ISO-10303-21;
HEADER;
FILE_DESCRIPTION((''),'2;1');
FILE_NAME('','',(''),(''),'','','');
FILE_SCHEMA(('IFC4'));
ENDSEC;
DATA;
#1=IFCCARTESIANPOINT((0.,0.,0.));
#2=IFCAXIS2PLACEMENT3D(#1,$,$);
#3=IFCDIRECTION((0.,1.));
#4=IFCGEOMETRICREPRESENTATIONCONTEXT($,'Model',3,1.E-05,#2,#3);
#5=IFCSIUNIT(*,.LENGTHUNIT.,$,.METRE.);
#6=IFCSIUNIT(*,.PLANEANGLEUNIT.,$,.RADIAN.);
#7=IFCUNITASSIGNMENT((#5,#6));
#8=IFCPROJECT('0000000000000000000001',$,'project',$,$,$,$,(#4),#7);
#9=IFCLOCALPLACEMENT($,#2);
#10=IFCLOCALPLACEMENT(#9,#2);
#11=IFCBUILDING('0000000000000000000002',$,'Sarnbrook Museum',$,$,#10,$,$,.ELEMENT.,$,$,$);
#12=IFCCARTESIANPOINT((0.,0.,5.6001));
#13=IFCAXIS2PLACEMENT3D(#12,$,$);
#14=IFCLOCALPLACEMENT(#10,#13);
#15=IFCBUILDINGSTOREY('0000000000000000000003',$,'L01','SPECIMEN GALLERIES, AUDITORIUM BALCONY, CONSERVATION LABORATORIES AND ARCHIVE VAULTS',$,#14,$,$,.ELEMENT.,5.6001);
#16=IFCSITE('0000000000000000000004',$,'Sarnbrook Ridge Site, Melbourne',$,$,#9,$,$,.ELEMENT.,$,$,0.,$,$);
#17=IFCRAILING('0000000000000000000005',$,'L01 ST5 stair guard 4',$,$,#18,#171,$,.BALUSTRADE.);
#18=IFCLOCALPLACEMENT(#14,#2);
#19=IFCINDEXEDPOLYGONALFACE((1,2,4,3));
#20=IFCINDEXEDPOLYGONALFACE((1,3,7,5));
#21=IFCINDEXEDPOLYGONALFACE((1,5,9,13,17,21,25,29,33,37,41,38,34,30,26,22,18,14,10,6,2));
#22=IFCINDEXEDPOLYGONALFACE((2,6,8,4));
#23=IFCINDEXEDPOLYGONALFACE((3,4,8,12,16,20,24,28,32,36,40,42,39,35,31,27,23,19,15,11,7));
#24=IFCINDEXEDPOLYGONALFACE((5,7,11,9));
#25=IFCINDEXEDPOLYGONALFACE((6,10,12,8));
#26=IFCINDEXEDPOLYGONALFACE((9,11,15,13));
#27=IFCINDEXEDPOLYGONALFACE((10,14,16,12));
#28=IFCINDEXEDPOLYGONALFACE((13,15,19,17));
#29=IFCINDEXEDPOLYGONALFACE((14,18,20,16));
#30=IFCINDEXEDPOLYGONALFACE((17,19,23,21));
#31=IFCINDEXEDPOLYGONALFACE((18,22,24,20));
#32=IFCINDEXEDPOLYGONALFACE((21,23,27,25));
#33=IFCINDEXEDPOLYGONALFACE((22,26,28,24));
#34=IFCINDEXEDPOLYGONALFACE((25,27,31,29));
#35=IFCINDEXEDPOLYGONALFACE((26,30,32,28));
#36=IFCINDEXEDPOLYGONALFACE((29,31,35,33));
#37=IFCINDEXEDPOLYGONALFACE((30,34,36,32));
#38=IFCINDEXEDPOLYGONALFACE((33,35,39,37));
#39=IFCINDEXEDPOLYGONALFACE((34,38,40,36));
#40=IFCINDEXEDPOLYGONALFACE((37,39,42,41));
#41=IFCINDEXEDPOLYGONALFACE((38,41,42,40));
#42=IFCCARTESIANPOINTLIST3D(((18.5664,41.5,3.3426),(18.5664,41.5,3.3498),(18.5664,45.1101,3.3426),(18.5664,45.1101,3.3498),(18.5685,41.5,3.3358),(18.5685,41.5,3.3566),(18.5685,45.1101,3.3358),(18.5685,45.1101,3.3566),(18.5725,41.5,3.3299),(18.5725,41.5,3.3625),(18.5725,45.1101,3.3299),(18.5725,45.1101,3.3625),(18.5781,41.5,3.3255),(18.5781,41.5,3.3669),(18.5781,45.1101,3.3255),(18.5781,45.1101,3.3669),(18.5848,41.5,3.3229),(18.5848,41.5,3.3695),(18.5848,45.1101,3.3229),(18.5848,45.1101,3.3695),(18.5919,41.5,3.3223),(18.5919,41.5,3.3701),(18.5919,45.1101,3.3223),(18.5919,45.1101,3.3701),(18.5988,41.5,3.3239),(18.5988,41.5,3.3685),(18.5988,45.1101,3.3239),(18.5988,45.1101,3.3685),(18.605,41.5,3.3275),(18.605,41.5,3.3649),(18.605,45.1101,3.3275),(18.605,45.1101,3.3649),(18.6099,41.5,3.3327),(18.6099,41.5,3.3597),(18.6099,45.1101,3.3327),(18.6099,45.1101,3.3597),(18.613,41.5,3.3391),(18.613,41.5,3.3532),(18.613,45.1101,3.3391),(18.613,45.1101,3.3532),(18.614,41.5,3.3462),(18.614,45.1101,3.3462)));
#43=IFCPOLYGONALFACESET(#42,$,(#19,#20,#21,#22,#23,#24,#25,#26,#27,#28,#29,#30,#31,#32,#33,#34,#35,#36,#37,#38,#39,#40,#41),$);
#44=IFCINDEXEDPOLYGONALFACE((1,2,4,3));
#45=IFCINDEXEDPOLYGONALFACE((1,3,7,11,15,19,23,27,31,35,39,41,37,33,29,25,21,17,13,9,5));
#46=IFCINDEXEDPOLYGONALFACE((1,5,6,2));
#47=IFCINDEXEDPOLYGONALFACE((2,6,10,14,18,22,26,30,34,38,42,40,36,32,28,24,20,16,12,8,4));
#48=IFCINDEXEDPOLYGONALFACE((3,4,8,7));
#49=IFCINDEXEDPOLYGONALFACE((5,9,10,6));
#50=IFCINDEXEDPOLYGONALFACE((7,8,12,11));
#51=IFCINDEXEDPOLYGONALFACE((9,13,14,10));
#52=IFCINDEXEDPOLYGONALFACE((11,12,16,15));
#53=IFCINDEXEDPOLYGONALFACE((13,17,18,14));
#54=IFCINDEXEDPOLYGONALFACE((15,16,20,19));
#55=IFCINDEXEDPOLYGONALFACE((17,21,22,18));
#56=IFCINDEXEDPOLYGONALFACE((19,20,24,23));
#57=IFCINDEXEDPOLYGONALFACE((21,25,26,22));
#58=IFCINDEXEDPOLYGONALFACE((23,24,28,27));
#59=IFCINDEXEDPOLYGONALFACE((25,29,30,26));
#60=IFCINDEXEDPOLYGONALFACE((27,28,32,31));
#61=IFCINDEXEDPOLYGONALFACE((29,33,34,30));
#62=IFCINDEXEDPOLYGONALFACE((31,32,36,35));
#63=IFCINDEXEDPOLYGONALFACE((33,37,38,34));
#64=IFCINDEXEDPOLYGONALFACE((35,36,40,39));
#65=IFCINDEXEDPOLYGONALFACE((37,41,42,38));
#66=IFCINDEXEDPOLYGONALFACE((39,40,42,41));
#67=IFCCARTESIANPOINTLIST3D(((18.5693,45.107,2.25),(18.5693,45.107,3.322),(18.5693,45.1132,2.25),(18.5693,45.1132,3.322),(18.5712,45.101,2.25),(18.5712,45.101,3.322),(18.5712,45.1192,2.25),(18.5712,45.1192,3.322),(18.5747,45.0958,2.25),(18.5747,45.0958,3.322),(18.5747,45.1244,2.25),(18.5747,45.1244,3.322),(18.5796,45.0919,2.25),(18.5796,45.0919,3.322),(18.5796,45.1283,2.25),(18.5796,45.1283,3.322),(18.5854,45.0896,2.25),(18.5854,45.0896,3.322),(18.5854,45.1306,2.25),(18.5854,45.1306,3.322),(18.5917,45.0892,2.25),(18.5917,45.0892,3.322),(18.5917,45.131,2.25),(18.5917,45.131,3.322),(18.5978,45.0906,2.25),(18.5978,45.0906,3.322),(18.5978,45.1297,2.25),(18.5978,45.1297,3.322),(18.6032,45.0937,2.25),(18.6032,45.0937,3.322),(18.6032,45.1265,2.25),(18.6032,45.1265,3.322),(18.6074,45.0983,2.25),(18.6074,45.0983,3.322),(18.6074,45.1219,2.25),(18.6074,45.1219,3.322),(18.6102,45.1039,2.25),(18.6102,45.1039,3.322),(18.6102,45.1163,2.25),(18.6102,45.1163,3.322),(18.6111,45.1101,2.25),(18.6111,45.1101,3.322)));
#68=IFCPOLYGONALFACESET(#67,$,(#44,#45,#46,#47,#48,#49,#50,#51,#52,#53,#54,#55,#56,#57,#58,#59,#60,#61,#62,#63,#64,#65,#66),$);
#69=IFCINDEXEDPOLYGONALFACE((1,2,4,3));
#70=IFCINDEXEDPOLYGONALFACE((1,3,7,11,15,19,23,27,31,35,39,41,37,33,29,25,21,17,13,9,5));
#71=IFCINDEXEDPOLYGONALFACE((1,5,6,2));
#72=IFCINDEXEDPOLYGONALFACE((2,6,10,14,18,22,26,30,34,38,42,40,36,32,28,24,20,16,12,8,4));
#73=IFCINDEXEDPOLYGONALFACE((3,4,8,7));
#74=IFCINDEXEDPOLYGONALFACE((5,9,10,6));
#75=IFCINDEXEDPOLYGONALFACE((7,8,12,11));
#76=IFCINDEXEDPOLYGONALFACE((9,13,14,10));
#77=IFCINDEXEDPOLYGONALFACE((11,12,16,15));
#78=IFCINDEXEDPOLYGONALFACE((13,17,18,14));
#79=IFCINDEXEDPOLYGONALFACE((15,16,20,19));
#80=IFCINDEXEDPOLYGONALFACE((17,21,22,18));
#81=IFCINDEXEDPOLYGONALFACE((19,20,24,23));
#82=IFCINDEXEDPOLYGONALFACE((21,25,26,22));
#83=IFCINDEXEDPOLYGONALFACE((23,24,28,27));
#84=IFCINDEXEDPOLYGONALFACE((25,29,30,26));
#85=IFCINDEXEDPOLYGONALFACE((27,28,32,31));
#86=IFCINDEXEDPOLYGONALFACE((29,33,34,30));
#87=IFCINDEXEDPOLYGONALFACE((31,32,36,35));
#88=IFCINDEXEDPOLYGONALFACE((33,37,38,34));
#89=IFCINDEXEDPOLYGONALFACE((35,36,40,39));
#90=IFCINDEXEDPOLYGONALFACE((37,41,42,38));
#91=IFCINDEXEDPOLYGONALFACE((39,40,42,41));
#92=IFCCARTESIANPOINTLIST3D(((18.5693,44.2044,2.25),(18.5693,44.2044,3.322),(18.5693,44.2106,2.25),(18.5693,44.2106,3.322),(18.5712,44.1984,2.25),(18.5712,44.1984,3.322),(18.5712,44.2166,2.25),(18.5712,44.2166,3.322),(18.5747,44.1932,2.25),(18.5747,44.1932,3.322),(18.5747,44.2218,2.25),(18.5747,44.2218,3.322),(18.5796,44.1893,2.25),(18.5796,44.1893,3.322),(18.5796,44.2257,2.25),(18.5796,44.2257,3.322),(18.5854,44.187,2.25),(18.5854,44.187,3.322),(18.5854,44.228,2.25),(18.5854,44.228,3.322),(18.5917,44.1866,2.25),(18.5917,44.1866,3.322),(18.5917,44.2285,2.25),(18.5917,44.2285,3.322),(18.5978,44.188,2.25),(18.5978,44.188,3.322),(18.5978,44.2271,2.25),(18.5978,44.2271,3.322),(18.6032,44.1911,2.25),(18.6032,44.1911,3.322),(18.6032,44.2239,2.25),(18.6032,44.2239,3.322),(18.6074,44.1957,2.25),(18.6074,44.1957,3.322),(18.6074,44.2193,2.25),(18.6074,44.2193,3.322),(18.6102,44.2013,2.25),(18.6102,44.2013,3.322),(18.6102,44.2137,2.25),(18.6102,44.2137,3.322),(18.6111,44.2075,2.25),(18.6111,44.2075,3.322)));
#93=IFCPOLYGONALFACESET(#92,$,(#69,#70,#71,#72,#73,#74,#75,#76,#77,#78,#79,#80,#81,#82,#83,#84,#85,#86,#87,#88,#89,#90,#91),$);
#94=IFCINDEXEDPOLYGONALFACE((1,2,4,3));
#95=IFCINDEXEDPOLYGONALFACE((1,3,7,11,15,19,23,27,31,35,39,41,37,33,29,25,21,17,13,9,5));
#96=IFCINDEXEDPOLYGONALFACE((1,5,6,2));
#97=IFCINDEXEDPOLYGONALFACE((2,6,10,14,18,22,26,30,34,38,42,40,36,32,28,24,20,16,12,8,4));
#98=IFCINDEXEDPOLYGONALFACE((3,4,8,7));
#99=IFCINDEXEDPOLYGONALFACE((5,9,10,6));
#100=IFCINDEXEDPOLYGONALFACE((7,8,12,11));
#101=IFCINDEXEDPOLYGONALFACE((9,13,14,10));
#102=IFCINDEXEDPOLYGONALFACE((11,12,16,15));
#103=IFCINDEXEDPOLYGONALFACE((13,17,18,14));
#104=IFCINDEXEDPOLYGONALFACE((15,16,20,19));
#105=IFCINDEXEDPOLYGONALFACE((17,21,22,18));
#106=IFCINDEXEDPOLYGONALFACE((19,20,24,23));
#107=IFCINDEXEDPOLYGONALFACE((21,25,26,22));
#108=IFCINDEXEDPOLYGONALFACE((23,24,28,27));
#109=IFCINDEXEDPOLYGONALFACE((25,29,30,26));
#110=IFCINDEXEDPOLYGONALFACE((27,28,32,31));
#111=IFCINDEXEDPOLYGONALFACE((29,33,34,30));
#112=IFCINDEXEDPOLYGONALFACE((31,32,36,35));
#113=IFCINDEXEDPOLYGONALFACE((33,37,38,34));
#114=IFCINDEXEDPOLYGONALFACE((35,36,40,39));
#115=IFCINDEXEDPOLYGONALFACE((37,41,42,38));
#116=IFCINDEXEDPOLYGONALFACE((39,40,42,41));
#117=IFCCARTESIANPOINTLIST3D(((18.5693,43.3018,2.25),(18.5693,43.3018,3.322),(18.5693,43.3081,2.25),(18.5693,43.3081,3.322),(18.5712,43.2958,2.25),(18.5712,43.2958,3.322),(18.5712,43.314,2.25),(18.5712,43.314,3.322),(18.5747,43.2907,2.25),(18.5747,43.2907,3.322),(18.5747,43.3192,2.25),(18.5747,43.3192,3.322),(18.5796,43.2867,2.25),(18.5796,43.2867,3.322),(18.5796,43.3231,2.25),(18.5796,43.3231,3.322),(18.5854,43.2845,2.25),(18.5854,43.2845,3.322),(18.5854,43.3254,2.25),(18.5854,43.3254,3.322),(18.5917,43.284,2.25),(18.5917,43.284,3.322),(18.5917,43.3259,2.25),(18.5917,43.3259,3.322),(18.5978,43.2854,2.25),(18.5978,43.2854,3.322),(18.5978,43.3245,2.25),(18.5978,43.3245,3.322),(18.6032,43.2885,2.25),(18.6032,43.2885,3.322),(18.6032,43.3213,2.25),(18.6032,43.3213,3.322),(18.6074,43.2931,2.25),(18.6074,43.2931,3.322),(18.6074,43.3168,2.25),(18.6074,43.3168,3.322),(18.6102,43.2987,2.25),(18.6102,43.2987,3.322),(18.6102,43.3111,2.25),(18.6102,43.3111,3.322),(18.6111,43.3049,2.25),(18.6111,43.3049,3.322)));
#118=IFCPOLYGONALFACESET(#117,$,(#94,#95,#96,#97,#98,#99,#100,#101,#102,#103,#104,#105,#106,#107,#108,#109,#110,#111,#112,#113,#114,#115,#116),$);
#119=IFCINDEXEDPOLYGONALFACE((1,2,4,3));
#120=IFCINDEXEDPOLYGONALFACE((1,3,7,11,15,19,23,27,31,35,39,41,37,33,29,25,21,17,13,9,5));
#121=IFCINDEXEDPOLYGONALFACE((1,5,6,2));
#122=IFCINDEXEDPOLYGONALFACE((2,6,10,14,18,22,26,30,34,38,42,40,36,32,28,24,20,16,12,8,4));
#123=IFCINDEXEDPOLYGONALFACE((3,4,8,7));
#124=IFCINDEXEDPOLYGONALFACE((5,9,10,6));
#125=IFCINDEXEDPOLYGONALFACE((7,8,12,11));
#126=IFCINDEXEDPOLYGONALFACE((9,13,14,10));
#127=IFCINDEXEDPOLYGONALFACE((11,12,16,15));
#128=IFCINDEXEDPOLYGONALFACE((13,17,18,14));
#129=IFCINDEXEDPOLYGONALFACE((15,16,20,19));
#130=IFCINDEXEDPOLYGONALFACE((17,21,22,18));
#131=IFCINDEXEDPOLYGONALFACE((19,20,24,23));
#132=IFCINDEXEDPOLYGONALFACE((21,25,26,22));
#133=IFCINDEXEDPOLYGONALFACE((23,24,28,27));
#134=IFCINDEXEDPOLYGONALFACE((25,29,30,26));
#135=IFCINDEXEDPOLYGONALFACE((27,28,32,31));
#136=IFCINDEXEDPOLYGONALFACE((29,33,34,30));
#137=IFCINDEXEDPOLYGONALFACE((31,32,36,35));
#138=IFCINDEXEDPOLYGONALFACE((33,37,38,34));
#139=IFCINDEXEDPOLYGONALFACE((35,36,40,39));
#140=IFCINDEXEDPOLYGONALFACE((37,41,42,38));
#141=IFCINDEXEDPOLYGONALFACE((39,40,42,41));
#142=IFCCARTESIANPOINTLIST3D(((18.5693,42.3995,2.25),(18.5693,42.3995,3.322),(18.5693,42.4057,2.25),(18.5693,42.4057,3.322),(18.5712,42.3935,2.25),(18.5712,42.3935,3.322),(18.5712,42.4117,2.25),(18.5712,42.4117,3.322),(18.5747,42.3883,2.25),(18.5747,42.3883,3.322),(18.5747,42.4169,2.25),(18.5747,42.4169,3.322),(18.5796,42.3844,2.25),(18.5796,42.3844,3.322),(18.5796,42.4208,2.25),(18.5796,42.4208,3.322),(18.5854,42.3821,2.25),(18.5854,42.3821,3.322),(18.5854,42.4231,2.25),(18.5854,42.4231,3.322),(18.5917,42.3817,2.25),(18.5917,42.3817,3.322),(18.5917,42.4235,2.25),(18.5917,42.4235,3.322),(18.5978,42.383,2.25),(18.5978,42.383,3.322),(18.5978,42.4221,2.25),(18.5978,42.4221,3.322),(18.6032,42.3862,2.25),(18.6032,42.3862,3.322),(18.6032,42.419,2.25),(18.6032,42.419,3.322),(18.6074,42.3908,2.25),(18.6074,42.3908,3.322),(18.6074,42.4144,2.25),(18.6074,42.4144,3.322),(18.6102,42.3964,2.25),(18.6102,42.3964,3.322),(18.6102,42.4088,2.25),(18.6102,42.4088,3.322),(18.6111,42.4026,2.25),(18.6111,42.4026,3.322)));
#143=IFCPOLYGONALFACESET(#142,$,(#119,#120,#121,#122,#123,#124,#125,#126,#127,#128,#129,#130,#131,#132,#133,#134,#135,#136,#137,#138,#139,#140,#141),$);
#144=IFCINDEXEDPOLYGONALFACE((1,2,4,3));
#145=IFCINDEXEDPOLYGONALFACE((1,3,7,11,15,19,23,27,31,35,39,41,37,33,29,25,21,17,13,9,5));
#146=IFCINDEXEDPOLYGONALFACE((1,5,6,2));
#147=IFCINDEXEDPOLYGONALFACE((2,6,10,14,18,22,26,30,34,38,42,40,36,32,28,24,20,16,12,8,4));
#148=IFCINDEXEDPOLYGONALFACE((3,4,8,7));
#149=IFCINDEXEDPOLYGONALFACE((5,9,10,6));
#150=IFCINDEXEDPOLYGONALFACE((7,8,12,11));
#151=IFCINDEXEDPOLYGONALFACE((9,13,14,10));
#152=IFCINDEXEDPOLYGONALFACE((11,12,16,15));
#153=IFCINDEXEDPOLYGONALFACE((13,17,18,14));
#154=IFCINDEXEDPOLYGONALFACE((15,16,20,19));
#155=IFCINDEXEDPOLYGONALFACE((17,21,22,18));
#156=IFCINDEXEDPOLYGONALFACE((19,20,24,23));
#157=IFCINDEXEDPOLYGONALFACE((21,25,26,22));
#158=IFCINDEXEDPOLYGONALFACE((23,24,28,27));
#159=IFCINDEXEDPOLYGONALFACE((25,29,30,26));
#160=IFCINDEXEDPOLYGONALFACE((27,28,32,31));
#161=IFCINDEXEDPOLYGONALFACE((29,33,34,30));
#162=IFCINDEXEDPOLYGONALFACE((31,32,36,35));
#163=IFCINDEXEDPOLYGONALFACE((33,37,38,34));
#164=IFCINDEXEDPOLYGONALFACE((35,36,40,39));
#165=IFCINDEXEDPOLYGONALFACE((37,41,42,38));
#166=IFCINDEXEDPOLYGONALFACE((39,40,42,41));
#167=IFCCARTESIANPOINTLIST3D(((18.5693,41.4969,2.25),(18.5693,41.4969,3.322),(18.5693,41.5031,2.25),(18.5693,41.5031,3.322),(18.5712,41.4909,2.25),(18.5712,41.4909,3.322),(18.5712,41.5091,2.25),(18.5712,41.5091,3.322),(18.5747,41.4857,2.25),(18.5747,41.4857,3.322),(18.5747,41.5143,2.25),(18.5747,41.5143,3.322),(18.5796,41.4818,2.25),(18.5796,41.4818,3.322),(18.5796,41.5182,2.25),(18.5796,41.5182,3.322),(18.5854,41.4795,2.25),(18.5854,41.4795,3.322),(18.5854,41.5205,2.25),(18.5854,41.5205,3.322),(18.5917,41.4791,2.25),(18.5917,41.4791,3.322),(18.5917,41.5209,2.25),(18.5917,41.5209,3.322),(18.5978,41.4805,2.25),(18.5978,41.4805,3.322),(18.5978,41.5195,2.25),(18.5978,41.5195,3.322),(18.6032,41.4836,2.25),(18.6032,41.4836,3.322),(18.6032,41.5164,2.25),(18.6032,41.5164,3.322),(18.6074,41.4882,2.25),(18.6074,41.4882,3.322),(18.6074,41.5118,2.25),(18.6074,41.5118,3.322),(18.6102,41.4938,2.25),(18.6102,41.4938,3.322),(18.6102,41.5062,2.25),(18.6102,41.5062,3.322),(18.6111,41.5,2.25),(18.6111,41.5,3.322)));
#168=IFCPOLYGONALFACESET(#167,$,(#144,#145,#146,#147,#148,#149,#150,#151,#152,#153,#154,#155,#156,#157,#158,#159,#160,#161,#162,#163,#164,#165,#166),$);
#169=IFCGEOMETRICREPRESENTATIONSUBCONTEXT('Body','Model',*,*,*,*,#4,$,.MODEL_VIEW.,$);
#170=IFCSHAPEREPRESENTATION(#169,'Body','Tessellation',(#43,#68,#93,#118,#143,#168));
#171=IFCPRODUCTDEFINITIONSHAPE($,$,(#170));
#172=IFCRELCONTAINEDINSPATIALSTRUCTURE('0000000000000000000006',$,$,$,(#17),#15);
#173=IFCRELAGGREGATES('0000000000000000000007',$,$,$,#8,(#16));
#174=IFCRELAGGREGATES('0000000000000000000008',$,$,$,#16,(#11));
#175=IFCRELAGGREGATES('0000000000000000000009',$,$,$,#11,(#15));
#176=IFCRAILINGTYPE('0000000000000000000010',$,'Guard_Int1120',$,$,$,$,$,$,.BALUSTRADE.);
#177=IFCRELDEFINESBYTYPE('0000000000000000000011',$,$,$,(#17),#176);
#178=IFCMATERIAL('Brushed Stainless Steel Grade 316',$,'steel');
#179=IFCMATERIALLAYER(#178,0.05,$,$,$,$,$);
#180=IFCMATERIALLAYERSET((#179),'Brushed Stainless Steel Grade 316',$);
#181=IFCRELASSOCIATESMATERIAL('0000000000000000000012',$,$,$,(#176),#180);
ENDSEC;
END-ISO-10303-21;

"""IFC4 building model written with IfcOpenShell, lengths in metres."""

from ifc_helpers import new_model, si_unit, direction, frame, origin, origin_2d, place, context, subcontext, project, spatial, circle, extrude, material, layer, layer_set, type_object, element, save


model = new_model("IFC4")

# Units and contexts
model_context = context("Model", 3, precision=1e-05, world=origin(), true_north=direction((0.0, 1.0)))
body_context = subcontext(model_context, "Body", "Model", "MODEL_VIEW")
ifc_project = project(units=[si_unit("LENGTHUNIT", "METRE"), si_unit("PLANEANGLEUNIT", "RADIAN")], contexts=[model_context])

# Site, building, storey
site_placement = place(None, origin())
site = spatial("IfcSite", under=ifc_project, at=site_placement, Name="Sarnbrook Ridge Site, Melbourne", CompositionType="ELEMENT", RefElevation=0.0)
building_placement = place(site_placement, origin())
building = spatial("IfcBuilding", under=site, at=building_placement, Name="Sarnbrook Museum", CompositionType="ELEMENT")
storey_placement = place(building_placement, frame((0.0, 0.0, 5.6001)))
storey = spatial("IfcBuildingStorey", under=building, at=storey_placement, Name="L01", Description="SPECIMEN GALLERIES, AUDITORIUM BALCONY, CONSERVATION LABORATORIES AND ARCHIVE VAULTS", CompositionType="ELEMENT", Elevation=5.6001)

# Railing
ifc_material_1 = material(Name="Brushed Stainless Steel Grade 316", Category="steel")
ifc_layer_1 = layer(ifc_material_1, 0.05)
ifc_layer_set_1 = layer_set([ifc_layer_1], Name="Brushed Stainless Steel Grade 316")
railing_type_1 = type_object("IfcRailingType", Name="Guard_Int1120", PredefinedType="BALUSTRADE", material=ifc_layer_set_1)
for number, where, name in (
    (1, (18.5901, 45.1101, 2.25), "L01 ST5 stair guard 4"),
):
    element("IfcRailing", number, at=place(storey_placement, frame(where)), inside=storey, type_object=railing_type_1, Name=name, PredefinedType="BALUSTRADE", context=body_context, shape_type="SweptSolid", body=[
        extrude(circle(Radius=0.0239, at=origin_2d()), frame((0.0, 0.0, 1.0962), z_axis=(0.0, -1.0, 0.0), x_axis=(1.0, 0.0, 0.0)), (0.0, 0.0, 1.0), 3.6101),
        extrude(circle(Radius=0.021, at=origin_2d()), origin(), (0.0, 0.0, 1.0), 1.072),
        extrude(circle(Radius=0.021, at=origin_2d()), frame((0.0, -0.9026, 0.0)), (0.0, 0.0, 1.0), 1.072),
        extrude(circle(Radius=0.021, at=origin_2d()), frame((0.0, -1.8052, 0.0)), (0.0, 0.0, 1.0), 1.072),
        extrude(circle(Radius=0.021, at=origin_2d()), frame((0.0, -2.7075, 0.0)), (0.0, 0.0, 1.0), 1.072),
        extrude(circle(Radius=0.021, at=origin_2d()), frame((0.0, -3.6101, 0.0)), (0.0, 0.0, 1.0), 1.072),
    ])

save(model, "model.ifc")
